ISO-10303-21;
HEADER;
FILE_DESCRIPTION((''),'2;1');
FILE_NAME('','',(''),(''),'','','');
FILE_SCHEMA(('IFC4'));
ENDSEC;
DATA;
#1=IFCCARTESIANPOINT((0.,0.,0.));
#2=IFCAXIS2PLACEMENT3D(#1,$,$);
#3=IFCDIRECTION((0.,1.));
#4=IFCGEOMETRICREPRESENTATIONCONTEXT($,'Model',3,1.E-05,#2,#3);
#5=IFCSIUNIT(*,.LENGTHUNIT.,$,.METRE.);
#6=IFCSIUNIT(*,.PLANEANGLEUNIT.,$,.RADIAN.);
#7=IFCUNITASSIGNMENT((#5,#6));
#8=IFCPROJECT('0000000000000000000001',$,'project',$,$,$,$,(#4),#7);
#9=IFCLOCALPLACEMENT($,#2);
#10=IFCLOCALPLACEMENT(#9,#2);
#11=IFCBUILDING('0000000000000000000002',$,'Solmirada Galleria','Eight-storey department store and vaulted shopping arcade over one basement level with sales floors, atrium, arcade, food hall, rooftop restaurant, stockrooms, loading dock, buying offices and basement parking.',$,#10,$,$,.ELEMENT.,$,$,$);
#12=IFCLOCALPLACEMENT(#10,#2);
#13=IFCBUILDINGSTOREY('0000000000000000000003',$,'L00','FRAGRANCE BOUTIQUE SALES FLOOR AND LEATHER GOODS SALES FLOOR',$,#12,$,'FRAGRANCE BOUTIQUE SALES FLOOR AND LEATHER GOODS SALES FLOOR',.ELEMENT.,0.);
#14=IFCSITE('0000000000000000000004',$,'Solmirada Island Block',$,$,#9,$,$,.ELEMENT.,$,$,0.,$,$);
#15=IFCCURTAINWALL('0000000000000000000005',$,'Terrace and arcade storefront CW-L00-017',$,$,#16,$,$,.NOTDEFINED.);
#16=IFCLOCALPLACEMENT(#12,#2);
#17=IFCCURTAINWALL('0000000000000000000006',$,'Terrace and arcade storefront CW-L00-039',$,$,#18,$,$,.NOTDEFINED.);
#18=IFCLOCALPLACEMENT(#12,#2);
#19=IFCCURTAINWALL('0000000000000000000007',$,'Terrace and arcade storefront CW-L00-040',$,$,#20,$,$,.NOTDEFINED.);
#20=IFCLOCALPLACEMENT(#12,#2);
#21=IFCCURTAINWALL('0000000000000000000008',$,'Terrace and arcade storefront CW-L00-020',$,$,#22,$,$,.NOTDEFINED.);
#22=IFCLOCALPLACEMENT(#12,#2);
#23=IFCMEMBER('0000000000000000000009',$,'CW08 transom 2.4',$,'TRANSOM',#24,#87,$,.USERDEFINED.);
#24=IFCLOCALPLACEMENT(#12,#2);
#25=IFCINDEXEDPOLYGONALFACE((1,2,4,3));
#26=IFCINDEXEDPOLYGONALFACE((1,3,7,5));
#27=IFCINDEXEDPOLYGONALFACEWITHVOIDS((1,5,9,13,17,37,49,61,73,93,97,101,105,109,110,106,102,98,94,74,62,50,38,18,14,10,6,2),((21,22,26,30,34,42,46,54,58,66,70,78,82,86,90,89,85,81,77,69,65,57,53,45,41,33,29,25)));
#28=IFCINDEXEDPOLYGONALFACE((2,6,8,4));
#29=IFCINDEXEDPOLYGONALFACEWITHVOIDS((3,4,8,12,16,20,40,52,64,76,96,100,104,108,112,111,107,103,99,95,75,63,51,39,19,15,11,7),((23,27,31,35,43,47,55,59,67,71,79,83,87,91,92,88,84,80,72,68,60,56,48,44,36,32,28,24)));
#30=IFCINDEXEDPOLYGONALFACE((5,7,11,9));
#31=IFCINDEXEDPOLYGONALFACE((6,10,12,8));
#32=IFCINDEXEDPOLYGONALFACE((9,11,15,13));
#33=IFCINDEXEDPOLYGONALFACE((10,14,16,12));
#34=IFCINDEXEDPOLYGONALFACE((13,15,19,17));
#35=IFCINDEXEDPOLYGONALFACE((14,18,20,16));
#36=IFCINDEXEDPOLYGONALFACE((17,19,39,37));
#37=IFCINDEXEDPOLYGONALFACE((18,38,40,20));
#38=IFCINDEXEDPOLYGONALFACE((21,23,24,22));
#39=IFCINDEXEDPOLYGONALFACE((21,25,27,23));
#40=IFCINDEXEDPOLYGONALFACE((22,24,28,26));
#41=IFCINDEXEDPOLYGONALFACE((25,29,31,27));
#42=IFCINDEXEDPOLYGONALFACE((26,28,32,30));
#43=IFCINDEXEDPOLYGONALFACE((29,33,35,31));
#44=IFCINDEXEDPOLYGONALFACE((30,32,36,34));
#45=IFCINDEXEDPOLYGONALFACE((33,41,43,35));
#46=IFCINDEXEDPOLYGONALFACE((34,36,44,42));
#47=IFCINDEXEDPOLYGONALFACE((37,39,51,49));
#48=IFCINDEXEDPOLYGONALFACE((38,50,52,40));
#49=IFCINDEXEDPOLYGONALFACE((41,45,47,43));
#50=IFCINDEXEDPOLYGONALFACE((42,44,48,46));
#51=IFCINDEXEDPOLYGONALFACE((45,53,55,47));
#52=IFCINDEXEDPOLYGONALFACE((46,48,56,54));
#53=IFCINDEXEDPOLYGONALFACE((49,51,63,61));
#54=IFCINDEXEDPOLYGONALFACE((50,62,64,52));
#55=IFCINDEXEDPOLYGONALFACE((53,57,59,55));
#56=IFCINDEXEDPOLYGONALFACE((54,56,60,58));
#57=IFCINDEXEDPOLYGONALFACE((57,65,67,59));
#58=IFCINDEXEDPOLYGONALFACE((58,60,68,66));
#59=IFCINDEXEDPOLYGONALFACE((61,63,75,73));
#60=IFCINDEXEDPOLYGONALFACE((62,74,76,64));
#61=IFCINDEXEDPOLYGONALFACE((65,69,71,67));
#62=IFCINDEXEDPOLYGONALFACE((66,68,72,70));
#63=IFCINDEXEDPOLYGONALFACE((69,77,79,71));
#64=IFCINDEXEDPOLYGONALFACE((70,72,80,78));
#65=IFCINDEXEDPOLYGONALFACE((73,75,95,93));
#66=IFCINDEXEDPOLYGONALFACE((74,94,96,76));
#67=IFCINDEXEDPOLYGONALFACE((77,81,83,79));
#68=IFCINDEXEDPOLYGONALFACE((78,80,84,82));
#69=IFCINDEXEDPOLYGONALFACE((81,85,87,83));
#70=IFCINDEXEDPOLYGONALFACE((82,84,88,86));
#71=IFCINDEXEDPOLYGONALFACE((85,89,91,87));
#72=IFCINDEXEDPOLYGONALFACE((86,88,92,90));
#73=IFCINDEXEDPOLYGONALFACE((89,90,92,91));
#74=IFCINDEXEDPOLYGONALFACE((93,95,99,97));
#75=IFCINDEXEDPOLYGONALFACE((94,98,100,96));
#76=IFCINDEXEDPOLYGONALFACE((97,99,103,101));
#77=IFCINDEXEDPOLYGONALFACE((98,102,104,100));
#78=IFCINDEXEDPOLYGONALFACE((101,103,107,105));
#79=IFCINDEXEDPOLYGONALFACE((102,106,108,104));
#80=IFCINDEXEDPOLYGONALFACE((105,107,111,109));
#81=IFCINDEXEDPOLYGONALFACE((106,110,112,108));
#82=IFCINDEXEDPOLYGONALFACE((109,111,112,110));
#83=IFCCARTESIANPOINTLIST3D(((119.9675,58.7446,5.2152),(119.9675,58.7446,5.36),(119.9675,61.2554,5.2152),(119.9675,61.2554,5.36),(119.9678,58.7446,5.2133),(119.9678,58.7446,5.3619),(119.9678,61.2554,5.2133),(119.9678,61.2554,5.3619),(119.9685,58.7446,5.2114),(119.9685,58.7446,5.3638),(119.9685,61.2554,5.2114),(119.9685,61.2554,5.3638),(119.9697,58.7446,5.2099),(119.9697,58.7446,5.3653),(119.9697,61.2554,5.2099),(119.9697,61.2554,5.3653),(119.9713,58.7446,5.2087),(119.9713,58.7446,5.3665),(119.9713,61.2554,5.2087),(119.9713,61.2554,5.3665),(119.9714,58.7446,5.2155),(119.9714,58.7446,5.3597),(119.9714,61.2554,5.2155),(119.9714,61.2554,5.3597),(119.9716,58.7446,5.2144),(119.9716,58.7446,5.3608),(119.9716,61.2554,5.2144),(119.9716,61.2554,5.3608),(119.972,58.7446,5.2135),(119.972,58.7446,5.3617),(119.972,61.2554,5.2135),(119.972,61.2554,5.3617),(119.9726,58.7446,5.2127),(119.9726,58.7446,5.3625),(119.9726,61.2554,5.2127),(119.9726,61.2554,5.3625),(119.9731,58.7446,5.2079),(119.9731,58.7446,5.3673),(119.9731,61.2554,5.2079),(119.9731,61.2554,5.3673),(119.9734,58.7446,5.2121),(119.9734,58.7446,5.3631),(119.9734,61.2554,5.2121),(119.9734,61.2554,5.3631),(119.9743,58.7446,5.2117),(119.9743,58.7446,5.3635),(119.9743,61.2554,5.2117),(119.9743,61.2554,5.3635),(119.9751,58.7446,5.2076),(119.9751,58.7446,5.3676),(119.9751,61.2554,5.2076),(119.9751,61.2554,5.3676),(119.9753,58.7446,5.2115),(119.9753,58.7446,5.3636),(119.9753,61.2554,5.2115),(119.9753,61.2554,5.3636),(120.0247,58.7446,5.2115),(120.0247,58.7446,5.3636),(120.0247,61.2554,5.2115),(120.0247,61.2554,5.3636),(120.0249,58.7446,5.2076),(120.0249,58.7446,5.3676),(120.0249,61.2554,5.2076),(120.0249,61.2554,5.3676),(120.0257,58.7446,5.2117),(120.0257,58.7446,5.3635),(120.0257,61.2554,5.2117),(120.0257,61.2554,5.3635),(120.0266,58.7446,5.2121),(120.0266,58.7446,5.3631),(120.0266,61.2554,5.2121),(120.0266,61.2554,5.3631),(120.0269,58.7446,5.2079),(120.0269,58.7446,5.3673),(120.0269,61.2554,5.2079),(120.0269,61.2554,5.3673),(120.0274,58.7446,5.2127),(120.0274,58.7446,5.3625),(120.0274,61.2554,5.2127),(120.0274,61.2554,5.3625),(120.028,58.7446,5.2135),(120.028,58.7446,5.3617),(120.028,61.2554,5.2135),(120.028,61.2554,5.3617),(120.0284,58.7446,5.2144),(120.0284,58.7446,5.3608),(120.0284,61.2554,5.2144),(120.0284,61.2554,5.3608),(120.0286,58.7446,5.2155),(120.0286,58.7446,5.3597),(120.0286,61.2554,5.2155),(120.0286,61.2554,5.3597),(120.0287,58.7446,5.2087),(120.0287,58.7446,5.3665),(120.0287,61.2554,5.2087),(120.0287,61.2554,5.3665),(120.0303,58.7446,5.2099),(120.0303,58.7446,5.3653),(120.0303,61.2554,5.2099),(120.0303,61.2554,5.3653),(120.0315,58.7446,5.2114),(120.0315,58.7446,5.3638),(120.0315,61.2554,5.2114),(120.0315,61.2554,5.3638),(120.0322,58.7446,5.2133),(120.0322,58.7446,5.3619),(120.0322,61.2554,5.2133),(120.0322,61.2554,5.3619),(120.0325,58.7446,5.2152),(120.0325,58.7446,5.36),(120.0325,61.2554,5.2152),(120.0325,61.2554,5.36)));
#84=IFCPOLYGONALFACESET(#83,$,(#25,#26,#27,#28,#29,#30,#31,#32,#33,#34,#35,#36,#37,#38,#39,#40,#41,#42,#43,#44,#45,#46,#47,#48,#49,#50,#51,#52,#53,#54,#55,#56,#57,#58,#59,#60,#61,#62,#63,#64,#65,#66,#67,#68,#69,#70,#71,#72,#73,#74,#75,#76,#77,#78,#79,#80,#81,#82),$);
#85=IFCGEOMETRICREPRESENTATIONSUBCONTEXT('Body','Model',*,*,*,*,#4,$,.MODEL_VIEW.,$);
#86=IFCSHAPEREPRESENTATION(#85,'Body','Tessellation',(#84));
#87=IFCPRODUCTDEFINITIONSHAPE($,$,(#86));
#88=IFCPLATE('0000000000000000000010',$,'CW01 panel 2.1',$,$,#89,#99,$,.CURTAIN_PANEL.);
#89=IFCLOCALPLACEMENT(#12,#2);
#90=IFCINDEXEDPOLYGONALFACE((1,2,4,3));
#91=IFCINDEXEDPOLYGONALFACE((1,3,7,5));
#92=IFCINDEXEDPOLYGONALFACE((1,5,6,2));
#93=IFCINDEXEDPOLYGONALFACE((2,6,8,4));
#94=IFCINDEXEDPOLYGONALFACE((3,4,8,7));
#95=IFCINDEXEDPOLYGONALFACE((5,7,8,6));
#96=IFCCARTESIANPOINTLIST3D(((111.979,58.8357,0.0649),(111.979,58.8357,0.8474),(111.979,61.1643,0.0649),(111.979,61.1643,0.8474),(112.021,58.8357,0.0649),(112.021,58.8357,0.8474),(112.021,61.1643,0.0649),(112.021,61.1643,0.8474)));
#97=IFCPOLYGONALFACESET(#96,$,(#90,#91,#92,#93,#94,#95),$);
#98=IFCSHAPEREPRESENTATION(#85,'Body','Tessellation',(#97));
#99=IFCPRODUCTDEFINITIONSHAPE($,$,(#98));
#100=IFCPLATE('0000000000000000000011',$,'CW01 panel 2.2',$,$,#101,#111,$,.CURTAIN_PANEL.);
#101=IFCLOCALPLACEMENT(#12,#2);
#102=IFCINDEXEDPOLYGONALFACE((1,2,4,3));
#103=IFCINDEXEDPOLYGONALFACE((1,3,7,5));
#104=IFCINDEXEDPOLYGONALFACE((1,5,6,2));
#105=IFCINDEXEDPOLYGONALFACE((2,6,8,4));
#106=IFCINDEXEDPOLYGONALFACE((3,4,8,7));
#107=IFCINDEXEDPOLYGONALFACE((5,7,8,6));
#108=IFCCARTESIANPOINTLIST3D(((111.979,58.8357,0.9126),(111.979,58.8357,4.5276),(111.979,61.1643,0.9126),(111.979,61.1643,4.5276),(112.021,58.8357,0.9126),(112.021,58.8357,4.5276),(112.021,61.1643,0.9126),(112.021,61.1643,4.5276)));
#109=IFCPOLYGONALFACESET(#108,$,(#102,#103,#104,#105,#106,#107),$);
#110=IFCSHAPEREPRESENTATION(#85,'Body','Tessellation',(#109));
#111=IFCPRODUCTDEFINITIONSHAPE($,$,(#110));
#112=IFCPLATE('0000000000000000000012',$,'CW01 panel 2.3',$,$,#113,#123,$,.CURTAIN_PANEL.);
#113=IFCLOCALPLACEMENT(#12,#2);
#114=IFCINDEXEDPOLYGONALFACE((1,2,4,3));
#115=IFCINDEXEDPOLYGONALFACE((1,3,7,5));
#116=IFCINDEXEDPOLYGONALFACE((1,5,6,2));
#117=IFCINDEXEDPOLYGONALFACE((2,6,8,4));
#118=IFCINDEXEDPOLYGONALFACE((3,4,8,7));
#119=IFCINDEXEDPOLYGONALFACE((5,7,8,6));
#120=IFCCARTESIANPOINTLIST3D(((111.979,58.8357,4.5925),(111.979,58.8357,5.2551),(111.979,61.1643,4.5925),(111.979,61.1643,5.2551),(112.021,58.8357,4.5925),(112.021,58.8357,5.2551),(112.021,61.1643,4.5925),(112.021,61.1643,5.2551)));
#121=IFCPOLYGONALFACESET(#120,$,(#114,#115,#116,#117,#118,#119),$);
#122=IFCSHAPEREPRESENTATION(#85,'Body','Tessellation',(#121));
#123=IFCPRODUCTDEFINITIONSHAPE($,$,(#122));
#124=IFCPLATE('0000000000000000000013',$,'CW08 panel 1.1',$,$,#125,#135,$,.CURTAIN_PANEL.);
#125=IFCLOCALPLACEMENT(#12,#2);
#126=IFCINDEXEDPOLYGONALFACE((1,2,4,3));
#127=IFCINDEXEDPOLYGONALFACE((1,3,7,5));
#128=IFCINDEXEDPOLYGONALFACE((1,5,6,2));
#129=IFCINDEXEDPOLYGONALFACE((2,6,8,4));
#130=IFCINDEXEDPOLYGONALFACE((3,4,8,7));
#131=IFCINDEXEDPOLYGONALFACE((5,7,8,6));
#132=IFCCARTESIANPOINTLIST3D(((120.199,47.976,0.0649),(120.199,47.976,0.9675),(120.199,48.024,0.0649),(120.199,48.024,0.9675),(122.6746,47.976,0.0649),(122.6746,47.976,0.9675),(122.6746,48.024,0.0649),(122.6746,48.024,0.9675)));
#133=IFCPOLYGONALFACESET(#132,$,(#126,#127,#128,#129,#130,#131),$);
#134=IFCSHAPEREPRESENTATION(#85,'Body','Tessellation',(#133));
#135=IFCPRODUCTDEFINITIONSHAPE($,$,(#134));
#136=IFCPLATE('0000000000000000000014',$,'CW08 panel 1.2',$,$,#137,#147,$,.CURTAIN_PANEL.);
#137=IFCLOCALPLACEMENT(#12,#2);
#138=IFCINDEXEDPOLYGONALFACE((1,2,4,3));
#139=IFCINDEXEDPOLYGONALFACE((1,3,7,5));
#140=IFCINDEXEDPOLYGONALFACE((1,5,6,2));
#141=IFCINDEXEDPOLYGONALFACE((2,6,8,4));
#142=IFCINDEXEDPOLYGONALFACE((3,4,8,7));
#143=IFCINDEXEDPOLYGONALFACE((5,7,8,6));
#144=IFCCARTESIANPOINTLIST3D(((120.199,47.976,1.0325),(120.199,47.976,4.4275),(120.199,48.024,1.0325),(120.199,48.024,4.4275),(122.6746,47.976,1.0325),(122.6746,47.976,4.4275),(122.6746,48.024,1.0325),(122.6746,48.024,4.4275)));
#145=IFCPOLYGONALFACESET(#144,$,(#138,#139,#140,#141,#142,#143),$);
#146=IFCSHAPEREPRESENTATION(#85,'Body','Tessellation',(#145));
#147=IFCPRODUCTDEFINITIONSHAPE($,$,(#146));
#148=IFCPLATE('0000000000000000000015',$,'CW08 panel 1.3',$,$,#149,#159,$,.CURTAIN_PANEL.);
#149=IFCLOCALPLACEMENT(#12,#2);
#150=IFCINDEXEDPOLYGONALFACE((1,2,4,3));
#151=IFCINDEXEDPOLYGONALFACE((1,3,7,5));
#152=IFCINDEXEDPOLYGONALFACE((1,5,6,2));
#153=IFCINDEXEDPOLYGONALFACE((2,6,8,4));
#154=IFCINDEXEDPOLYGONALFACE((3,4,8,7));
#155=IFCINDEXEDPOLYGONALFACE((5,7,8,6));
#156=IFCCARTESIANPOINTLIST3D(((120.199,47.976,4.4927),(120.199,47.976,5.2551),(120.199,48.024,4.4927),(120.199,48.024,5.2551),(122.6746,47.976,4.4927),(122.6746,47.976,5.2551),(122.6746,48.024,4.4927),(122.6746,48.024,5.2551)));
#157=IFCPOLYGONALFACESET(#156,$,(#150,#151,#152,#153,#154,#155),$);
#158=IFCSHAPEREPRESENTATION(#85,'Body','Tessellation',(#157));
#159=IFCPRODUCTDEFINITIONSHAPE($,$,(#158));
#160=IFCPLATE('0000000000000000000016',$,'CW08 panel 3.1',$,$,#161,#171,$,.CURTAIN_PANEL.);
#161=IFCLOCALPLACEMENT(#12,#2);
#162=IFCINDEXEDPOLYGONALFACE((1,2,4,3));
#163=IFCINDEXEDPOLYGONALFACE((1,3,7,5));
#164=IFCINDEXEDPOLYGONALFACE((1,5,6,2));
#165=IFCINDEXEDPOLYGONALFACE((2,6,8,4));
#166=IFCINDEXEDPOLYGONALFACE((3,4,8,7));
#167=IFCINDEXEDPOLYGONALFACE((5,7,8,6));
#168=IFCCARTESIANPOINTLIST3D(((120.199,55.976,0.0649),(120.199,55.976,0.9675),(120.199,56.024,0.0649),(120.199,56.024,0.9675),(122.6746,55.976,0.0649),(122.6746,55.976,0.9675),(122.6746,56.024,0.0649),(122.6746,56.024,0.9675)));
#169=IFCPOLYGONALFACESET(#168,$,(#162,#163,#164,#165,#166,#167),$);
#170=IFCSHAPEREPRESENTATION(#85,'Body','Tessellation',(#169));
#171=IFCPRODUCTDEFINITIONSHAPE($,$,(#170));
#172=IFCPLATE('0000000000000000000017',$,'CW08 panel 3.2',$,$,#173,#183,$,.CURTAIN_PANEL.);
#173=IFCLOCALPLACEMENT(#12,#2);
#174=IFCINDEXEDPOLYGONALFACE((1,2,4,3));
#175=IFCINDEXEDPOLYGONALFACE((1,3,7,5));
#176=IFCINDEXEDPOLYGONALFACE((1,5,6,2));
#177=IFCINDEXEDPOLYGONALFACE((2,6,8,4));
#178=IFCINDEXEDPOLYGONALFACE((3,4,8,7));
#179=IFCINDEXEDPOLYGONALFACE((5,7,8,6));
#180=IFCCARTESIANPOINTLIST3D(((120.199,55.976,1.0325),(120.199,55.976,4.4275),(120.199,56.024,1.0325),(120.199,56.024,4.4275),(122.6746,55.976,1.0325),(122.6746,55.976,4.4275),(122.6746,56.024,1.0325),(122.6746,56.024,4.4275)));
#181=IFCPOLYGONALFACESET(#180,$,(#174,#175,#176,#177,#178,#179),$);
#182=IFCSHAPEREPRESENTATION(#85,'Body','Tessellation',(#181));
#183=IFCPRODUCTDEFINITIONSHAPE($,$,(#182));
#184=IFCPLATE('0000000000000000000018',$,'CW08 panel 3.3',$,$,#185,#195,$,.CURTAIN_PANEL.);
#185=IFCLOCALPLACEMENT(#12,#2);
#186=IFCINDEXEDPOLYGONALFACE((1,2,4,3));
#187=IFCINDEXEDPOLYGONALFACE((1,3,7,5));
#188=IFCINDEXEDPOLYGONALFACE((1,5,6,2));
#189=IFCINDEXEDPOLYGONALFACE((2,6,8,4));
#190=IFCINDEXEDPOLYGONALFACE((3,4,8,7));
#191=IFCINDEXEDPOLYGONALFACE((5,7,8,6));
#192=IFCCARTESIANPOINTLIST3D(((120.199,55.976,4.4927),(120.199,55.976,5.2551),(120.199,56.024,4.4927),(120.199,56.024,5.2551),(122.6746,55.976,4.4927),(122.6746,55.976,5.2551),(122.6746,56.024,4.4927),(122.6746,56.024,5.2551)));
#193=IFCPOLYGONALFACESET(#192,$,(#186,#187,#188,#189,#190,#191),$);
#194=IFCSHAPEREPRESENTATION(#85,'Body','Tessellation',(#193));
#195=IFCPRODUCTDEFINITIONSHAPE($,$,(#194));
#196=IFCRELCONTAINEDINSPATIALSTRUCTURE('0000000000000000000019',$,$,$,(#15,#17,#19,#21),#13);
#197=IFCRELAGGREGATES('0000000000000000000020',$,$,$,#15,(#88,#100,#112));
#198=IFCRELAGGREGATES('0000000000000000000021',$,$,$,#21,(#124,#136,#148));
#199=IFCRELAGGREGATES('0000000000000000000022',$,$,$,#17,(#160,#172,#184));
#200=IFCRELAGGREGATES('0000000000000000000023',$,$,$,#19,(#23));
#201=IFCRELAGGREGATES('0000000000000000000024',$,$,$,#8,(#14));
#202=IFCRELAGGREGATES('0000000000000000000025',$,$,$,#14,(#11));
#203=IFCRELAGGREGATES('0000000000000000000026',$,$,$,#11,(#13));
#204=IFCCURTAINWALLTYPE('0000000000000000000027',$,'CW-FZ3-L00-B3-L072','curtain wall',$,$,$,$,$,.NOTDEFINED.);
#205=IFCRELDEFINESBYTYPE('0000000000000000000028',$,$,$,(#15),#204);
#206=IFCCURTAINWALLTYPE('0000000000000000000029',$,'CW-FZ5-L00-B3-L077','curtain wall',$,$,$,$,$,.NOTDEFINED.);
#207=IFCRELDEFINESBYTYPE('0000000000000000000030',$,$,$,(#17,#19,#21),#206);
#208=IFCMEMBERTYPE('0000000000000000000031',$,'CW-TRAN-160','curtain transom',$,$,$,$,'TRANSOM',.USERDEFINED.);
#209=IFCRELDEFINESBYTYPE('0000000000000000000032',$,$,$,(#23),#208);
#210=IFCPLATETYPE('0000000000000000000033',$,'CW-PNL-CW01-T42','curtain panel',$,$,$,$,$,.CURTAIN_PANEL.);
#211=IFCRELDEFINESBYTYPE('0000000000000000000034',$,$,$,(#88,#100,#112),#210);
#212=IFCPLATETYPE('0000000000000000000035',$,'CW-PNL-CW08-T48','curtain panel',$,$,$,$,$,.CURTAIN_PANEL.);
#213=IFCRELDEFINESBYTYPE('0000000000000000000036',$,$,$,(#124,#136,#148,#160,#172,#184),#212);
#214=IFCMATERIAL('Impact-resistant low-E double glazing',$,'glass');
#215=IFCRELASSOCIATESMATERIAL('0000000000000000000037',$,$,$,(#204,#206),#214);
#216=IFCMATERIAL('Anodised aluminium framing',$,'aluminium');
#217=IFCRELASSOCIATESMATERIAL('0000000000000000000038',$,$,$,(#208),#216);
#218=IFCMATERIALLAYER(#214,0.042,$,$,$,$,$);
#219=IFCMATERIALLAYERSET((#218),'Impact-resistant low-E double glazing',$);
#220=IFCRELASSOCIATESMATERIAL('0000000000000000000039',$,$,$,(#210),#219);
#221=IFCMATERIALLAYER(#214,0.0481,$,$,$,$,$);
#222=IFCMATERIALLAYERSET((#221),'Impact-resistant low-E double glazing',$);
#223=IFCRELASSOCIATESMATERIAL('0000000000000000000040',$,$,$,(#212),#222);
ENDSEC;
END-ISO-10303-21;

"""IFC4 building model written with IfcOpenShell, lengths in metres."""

from ifc_helpers import new_model, si_unit, direction, frame, origin, origin_2d, place, context, subcontext, project, spatial, rectangle, hollow_rectangle, extrude, material, layer, layer_set, material_profile, profile_set, type_object, element, aggregate, save


model = new_model("IFC4")

# Units and contexts
model_context = context("Model", 3, precision=1e-05, world=origin(), true_north=direction((0.0, 1.0)))
body_context = subcontext(model_context, "Body", "Model", "MODEL_VIEW")
ifc_project = project(units=[si_unit("LENGTHUNIT", "METRE"), si_unit("PLANEANGLEUNIT", "RADIAN")], contexts=[model_context])

# Site, building, storey
site_placement = place(None, origin())
site = spatial("IfcSite", under=ifc_project, at=site_placement, Name="Solmirada Island Block", CompositionType="ELEMENT", RefElevation=0.0)
building_placement = place(site_placement, origin())
building = spatial("IfcBuilding", under=site, at=building_placement, Name="Solmirada Galleria", Description="Eight-storey department store and vaulted shopping arcade over one basement level with sales floors, atrium, arcade, food hall, rooftop restaurant, stockrooms, loading dock, buying offices and basement parking.", CompositionType="ELEMENT")
storey_placement = place(building_placement, origin())
storey = spatial("IfcBuildingStorey", under=building, at=storey_placement, Name="L00", Description="FRAGRANCE BOUTIQUE SALES FLOOR AND LEATHER GOODS SALES FLOOR", LongName="FRAGRANCE BOUTIQUE SALES FLOOR AND LEATHER GOODS SALES FLOOR", CompositionType="ELEMENT", Elevation=0.0)

# Curtain walls
ifc_material_1 = material(Name="Impact-resistant low-E double glazing", Category="glass")
curtain_wall_type_1 = type_object("IfcCurtainWallType", Name="CW-FZ3-L00-B3-L072", Description="curtain wall", PredefinedType="NOTDEFINED", material=ifc_material_1)
curtain_wall_1_placement = place(storey_placement, origin())
curtain_wall_1 = element("IfcCurtainWall", 1, at=curtain_wall_1_placement, inside=storey, type_object=curtain_wall_type_1, Name="Terrace and arcade storefront CW-L00-017", PredefinedType="NOTDEFINED")
ifc_material_2 = material(Name="Anodised aluminium framing", Category="aluminium")
curtain_wall_type_2 = type_object("IfcCurtainWallType", Name="CW-FZ5-L00-B3-L077", Description="curtain wall", PredefinedType="NOTDEFINED", material=ifc_material_1)
curtain_wall_2_placement = place(storey_placement, origin())
curtain_wall_2 = element("IfcCurtainWall", 2, at=curtain_wall_2_placement, inside=storey, type_object=curtain_wall_type_2, Name="Terrace and arcade storefront CW-L00-039", PredefinedType="NOTDEFINED")

# Curtain wall
curtain_wall_3_placement = place(storey_placement, origin())
curtain_wall_3 = element("IfcCurtainWall", 3, at=curtain_wall_3_placement, inside=storey, type_object=curtain_wall_type_2, Name="Terrace and arcade storefront CW-L00-040", PredefinedType="NOTDEFINED")

# Shared definitions
ifc_material_profile_1 = material_profile(ifc_material_2, hollow_rectangle(XDim=0.0649, YDim=0.1599, WallThickness=0.0039, InnerFilletRadius=0.0039, OuterFilletRadius=0.0076, at=origin_2d()), Name="ALU-TRAN-160X65")
ifc_profile_set_1 = profile_set([ifc_material_profile_1], Name="Anodised aluminium framing")
member_type_1 = type_object("IfcMemberType", Name="CW-TRAN-160", Description="curtain transom", ElementType="TRANSOM", PredefinedType="USERDEFINED", material=ifc_profile_set_1)

# Curtain wall
curtain_wall_4_placement = place(storey_placement, origin())
curtain_wall_4 = element("IfcCurtainWall", 4, at=curtain_wall_4_placement, inside=storey, type_object=curtain_wall_type_2, Name="Terrace and arcade storefront CW-L00-020", PredefinedType="NOTDEFINED")

# Member
member_1_placement = place(storey_placement, frame((120.0, 58.7446, 5.2876), z_axis=(0.0, 1.0, 0.0), x_axis=(-1.0, 0.0, 0.0)))
member_1 = element("IfcMember", 5, at=member_1_placement, type_object=member_type_1, Name="CW08 transom 2.4", ObjectType="TRANSOM", PredefinedType="USERDEFINED", context=body_context, shape_type="SweptSolid", body=[
    extrude(hollow_rectangle(XDim=0.0649, YDim=0.1599, WallThickness=0.0039, InnerFilletRadius=0.0039, OuterFilletRadius=0.0076, at=origin_2d()), origin(), (0.0, 0.0, 1.0), 2.5107),
])

# Plates
ifc_layer_1 = layer(ifc_material_1, 0.042)
ifc_layer_set_1 = layer_set([ifc_layer_1], Name="Impact-resistant low-E double glazing")
plate_type_1 = type_object("IfcPlateType", Name="CW-PNL-CW01-T42", Description="curtain panel", PredefinedType="CURTAIN_PANEL", material=ifc_layer_set_1)
plate_1_placement = place(storey_placement, frame((112.0, 60.0, 0.0649), z_axis=(0.0, 0.0, 1.0), x_axis=(0.0, -1.0, 0.0)))
plate_1 = element("IfcPlate", 6, at=plate_1_placement, type_object=plate_type_1, Name="CW01 panel 2.1", PredefinedType="CURTAIN_PANEL", context=body_context, shape_type="SweptSolid", body=[
    extrude(rectangle(XDim=2.3286, YDim=0.042, at=origin_2d()), origin(), (0.0, 0.0, 1.0), 0.7825),
])
plate_2_placement = place(storey_placement, frame((112.0, 60.0, 0.9126), z_axis=(0.0, 0.0, 1.0), x_axis=(0.0, -1.0, 0.0)))
plate_2 = element("IfcPlate", 7, at=plate_2_placement, type_object=plate_type_1, Name="CW01 panel 2.2", PredefinedType="CURTAIN_PANEL", context=body_context, shape_type="SweptSolid", body=[
    extrude(rectangle(XDim=2.3286, YDim=0.042, at=origin_2d()), origin(), (0.0, 0.0, 1.0), 3.615),
])
plate_3_placement = place(storey_placement, frame((112.0, 60.0, 4.5925), z_axis=(0.0, 0.0, 1.0), x_axis=(0.0, -1.0, 0.0)))
plate_3 = element("IfcPlate", 8, at=plate_3_placement, type_object=plate_type_1, Name="CW01 panel 2.3", PredefinedType="CURTAIN_PANEL", context=body_context, shape_type="SweptSolid", body=[
    extrude(rectangle(XDim=2.3286, YDim=0.042, at=origin_2d()), origin(), (0.0, 0.0, 1.0), 0.6626),
])
aggregate(curtain_wall_1, [plate_1, plate_2, plate_3])
ifc_layer_2 = layer(ifc_material_1, 0.0481)
ifc_layer_set_2 = layer_set([ifc_layer_2], Name="Impact-resistant low-E double glazing")
plate_type_2 = type_object("IfcPlateType", Name="CW-PNL-CW08-T48", Description="curtain panel", PredefinedType="CURTAIN_PANEL", material=ifc_layer_set_2)
plate_4_placement = place(storey_placement, frame((121.4368, 48.0, 0.0649), z_axis=(0.0, 0.0, 1.0), x_axis=(1.0, 0.0, 0.0)))
plate_4 = element("IfcPlate", 9, at=plate_4_placement, type_object=plate_type_2, Name="CW08 panel 1.1", PredefinedType="CURTAIN_PANEL", context=body_context, shape_type="SweptSolid", body=[
    extrude(rectangle(XDim=2.4756, YDim=0.0481, at=origin_2d()), origin(), (0.0, 0.0, 1.0), 0.9026),
])
plate_5_placement = place(storey_placement, frame((121.4368, 48.0, 1.0325), z_axis=(0.0, 0.0, 1.0), x_axis=(1.0, 0.0, 0.0)))
plate_5 = element("IfcPlate", 10, at=plate_5_placement, type_object=plate_type_2, Name="CW08 panel 1.2", PredefinedType="CURTAIN_PANEL", context=body_context, shape_type="SweptSolid", body=[
    extrude(rectangle(XDim=2.4756, YDim=0.0481, at=origin_2d()), origin(), (0.0, 0.0, 1.0), 3.395),
])
plate_6_placement = place(storey_placement, frame((121.4368, 48.0, 4.4927), z_axis=(0.0, 0.0, 1.0), x_axis=(1.0, 0.0, 0.0)))
plate_6 = element("IfcPlate", 11, at=plate_6_placement, type_object=plate_type_2, Name="CW08 panel 1.3", PredefinedType="CURTAIN_PANEL", context=body_context, shape_type="SweptSolid", body=[
    extrude(rectangle(XDim=2.4756, YDim=0.0481, at=origin_2d()), origin(), (0.0, 0.0, 1.0), 0.7625),
])
aggregate(curtain_wall_4, [plate_4, plate_5, plate_6])
plate_7_placement = place(storey_placement, frame((121.4368, 56.0, 0.0649), z_axis=(0.0, 0.0, 1.0), x_axis=(-1.0, 0.0, 0.0)))
plate_7 = element("IfcPlate", 12, at=plate_7_placement, type_object=plate_type_2, Name="CW08 panel 3.1", PredefinedType="CURTAIN_PANEL", context=body_context, shape_type="SweptSolid", body=[
    extrude(rectangle(XDim=2.4756, YDim=0.0481, at=origin_2d()), origin(), (0.0, 0.0, 1.0), 0.9026),
])
plate_8_placement = place(storey_placement, frame((121.4368, 56.0, 1.0325), z_axis=(0.0, 0.0, 1.0), x_axis=(-1.0, 0.0, 0.0)))
plate_8 = element("IfcPlate", 13, at=plate_8_placement, type_object=plate_type_2, Name="CW08 panel 3.2", PredefinedType="CURTAIN_PANEL", context=body_context, shape_type="SweptSolid", body=[
    extrude(rectangle(XDim=2.4756, YDim=0.0481, at=origin_2d()), origin(), (0.0, 0.0, 1.0), 3.395),
])
plate_9_placement = place(storey_placement, frame((121.4368, 56.0, 4.4927), z_axis=(0.0, 0.0, 1.0), x_axis=(-1.0, 0.0, 0.0)))
plate_9 = element("IfcPlate", 14, at=plate_9_placement, type_object=plate_type_2, Name="CW08 panel 3.3", PredefinedType="CURTAIN_PANEL", context=body_context, shape_type="SweptSolid", body=[
    extrude(rectangle(XDim=2.4756, YDim=0.0481, at=origin_2d()), origin(), (0.0, 0.0, 1.0), 0.7625),
])
aggregate(curtain_wall_2, [plate_7, plate_8, plate_9])
aggregate(curtain_wall_3, [member_1])

save(model, "model.ifc")
